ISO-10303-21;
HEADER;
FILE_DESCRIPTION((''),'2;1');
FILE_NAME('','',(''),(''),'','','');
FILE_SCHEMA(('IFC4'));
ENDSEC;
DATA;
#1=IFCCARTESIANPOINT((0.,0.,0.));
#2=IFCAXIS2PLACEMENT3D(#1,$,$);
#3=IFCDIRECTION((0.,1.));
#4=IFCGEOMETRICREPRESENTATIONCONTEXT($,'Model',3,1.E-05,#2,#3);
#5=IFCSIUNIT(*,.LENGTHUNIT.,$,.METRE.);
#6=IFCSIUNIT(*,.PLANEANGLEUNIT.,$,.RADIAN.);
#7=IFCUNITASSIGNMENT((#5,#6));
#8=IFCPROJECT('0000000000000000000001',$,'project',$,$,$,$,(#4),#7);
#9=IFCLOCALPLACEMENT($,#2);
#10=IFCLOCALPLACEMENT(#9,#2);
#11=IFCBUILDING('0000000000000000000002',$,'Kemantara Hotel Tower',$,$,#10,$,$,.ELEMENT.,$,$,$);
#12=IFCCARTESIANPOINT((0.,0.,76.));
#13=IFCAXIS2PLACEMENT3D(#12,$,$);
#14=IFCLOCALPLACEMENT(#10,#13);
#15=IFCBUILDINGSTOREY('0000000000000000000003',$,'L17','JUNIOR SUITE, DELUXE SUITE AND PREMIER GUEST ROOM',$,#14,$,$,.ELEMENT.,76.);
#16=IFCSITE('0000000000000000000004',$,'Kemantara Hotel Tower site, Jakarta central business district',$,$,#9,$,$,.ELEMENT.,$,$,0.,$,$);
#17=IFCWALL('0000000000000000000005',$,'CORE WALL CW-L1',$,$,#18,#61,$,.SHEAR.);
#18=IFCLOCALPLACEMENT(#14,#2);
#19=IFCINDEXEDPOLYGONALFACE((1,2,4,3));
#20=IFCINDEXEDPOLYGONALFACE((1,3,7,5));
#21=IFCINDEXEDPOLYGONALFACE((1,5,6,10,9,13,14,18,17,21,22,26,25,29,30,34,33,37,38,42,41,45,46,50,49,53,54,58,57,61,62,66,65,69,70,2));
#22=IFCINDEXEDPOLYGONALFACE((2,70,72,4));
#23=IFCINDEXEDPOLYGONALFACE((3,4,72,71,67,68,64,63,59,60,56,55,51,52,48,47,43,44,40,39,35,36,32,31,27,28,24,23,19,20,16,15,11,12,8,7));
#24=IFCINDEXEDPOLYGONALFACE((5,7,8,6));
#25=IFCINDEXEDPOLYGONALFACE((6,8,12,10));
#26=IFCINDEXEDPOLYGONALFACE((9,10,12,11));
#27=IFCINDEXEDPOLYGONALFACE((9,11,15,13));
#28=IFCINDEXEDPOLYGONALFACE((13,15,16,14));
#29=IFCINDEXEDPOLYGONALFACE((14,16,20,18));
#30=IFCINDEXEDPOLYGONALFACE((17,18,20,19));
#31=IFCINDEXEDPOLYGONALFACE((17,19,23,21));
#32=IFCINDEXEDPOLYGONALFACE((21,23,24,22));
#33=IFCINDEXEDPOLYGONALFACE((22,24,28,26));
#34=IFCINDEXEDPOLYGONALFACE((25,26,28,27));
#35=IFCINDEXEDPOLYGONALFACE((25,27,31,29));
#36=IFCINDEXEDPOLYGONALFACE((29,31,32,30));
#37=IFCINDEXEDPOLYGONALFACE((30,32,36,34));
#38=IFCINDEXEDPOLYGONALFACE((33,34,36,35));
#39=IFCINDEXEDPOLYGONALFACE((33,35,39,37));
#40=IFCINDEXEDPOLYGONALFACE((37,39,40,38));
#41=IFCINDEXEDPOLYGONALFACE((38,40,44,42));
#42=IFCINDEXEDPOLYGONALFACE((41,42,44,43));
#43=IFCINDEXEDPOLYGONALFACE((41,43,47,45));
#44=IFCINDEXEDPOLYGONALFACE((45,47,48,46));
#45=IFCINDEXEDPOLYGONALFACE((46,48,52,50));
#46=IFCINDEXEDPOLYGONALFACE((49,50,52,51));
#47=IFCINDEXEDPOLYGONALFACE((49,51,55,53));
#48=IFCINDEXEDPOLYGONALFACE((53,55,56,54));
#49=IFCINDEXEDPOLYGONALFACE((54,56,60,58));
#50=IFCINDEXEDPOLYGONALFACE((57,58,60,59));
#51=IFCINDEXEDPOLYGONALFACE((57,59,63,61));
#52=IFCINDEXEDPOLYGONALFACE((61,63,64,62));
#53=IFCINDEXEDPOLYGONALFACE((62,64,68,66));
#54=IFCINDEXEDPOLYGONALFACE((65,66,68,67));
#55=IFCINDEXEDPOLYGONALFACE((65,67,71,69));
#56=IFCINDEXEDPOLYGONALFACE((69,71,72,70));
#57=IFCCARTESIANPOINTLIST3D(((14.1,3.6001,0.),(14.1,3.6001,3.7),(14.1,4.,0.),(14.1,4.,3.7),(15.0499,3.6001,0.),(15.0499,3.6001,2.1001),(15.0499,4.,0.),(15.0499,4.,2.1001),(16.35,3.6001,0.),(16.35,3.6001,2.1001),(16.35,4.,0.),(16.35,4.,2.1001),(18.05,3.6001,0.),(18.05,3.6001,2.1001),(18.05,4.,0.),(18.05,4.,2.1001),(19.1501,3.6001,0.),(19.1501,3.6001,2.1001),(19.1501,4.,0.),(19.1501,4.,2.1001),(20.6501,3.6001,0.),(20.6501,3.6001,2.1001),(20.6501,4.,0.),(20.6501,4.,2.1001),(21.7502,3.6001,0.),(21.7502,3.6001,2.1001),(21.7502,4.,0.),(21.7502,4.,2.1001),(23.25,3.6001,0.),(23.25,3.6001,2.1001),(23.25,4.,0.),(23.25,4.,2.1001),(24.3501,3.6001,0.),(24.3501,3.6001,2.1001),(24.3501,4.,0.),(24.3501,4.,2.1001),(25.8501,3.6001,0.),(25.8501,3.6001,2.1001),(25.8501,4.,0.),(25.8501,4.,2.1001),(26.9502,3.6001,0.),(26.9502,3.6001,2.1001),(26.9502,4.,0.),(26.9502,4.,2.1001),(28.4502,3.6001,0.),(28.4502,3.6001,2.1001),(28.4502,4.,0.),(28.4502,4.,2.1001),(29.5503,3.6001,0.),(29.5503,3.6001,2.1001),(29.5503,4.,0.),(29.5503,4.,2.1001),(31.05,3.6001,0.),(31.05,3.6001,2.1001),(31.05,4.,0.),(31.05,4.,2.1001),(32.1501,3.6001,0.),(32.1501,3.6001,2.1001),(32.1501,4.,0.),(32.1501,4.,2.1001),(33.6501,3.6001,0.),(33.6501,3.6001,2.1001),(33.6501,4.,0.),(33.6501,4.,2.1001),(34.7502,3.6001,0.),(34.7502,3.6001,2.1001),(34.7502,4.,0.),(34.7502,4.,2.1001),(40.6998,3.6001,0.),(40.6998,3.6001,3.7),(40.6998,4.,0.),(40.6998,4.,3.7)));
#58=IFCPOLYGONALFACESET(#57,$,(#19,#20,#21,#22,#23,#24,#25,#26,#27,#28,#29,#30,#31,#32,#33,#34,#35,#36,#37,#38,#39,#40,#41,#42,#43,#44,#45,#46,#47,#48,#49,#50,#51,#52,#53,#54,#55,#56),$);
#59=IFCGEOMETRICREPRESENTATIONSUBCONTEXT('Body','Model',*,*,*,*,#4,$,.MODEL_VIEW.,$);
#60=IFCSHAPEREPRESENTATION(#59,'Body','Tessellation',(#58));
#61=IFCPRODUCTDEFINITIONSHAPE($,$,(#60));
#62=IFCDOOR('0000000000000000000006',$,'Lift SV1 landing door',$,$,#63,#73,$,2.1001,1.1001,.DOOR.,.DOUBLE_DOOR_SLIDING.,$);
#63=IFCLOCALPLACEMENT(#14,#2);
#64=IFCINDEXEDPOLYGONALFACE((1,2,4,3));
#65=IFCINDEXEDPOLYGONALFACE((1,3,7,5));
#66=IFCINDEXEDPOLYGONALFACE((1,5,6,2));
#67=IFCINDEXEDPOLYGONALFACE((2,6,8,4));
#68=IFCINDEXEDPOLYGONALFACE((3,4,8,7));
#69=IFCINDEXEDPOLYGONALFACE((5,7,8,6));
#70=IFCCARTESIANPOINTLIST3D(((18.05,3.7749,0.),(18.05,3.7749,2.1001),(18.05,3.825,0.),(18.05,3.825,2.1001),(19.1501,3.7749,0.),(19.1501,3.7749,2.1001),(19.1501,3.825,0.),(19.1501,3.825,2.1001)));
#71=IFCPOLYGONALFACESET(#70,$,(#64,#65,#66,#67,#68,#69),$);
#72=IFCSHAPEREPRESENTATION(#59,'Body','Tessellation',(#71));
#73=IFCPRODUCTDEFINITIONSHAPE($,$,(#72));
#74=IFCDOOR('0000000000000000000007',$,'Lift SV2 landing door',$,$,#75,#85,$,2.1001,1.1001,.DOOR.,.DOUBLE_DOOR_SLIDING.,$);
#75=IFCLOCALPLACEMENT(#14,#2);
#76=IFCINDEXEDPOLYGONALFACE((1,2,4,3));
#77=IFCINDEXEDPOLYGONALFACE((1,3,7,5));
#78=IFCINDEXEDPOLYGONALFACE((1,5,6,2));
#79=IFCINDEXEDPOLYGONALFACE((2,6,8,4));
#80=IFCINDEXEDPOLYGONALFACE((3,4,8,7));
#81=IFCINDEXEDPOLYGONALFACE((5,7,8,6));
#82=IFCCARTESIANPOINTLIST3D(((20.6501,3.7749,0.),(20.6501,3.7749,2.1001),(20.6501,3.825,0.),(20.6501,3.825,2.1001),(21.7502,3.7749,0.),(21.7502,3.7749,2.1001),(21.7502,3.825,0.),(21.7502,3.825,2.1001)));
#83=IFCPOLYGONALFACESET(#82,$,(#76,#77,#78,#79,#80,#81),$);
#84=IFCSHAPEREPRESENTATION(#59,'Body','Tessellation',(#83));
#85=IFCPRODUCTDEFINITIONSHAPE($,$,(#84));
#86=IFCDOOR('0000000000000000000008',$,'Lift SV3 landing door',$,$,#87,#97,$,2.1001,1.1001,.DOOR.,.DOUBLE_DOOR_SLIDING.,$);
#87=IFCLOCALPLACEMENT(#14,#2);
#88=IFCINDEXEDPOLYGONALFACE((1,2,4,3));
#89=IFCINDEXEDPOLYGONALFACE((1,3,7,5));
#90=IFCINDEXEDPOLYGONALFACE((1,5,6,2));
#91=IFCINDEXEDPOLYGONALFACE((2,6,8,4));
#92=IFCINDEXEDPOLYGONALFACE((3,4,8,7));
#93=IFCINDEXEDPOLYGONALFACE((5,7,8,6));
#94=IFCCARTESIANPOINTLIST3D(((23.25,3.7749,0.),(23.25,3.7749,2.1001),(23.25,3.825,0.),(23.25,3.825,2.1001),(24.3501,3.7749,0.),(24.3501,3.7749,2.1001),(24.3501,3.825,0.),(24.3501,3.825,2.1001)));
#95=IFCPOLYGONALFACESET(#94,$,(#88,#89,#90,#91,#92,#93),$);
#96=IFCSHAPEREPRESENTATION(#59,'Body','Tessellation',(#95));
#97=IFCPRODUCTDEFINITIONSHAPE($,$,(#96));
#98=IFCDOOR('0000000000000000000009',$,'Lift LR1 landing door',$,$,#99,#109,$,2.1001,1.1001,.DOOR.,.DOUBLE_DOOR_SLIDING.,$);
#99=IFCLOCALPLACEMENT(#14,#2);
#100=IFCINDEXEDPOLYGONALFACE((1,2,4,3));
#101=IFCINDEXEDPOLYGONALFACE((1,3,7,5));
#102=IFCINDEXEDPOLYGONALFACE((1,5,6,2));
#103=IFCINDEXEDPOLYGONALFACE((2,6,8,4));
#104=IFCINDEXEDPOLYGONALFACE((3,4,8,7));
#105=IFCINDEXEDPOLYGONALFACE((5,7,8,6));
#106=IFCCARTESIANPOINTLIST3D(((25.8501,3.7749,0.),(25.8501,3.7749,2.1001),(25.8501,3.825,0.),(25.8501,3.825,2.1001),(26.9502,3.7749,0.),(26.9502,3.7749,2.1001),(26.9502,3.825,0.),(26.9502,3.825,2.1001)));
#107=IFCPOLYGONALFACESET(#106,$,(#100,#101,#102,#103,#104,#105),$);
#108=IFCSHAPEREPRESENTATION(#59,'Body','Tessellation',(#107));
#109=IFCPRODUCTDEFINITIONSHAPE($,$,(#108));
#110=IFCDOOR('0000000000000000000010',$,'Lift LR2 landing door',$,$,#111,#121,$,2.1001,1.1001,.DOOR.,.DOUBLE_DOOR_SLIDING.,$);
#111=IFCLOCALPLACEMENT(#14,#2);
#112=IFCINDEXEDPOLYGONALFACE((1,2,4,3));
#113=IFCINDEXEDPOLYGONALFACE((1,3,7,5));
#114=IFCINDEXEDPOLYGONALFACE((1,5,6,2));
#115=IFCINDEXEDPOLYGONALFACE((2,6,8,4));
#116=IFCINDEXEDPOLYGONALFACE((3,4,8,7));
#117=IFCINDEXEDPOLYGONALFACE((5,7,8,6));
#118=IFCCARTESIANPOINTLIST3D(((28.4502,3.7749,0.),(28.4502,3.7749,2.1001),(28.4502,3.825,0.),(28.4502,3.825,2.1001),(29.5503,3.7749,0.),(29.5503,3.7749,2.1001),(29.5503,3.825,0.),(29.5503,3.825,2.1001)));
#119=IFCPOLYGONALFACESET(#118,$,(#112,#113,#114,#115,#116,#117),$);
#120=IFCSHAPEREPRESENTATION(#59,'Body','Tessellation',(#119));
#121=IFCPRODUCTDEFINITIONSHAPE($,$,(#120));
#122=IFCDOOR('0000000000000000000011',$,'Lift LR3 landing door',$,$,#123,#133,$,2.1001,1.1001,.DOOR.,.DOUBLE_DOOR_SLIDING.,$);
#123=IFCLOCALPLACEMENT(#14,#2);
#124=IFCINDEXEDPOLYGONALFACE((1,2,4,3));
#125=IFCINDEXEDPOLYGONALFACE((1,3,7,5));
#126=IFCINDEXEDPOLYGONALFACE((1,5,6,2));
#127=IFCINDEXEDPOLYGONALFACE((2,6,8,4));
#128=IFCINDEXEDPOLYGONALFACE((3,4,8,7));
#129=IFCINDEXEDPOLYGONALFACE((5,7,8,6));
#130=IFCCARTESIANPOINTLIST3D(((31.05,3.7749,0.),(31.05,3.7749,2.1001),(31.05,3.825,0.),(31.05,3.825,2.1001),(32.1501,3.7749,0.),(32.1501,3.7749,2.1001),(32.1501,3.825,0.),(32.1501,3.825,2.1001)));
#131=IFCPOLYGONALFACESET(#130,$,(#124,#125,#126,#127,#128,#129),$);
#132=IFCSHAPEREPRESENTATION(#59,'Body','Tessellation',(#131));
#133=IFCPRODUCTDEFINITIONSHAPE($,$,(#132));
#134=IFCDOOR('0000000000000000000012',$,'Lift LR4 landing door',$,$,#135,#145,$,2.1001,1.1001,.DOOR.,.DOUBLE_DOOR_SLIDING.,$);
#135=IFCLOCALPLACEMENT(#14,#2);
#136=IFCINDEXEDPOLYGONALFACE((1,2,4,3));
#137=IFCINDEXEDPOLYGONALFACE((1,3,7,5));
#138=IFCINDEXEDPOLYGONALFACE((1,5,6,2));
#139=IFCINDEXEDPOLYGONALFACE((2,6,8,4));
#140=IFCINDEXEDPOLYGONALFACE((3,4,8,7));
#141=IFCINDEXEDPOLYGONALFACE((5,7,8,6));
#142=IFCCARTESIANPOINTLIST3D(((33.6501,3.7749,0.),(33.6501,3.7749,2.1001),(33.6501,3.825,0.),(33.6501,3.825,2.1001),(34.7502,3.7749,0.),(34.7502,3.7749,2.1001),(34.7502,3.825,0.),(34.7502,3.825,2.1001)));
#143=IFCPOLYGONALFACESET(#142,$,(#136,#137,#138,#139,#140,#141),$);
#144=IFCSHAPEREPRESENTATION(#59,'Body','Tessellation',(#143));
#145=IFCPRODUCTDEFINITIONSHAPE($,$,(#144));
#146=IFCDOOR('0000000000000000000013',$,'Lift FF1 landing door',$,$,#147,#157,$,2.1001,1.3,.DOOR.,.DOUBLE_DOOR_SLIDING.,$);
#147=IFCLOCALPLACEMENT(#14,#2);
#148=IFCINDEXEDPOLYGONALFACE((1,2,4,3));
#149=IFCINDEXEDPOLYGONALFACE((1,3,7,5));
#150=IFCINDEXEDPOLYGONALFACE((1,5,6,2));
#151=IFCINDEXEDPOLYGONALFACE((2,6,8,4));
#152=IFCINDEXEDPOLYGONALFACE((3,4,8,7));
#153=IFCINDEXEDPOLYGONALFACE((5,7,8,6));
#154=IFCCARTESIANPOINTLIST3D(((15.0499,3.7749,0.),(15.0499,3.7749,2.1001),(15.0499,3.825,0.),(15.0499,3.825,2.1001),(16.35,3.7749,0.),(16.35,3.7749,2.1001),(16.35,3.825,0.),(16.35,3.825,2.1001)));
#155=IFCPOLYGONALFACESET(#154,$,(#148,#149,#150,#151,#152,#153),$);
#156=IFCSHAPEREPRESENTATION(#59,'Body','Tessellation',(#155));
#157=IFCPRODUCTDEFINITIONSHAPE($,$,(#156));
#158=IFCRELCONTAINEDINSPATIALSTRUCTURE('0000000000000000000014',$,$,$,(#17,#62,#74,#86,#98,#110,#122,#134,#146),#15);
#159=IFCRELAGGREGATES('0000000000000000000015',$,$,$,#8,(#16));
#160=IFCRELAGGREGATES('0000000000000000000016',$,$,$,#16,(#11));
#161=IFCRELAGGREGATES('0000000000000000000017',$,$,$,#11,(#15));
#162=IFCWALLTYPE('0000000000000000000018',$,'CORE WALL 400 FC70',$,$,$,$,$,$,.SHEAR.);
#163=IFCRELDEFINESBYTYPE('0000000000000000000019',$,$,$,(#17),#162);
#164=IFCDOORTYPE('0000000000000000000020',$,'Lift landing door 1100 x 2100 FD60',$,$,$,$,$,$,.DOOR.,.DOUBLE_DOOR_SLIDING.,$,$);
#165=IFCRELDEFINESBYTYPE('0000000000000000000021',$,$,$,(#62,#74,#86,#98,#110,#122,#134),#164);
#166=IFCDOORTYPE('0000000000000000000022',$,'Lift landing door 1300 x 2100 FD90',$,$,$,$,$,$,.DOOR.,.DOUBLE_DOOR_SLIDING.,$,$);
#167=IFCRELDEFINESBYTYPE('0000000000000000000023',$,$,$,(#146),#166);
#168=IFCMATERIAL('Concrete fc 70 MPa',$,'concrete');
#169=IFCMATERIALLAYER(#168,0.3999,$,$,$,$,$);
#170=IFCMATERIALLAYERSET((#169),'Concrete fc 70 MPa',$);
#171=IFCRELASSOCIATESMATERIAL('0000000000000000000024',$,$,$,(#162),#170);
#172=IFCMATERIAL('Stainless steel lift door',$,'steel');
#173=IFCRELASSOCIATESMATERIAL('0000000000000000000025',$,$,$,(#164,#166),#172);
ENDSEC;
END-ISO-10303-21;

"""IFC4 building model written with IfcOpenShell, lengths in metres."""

from ifc_helpers import new_model, si_unit, direction, frame, frame_2d, origin, place, context, subcontext, project, spatial, rectangle, extrude, material, layer, layer_set, type_object, element, fill, save


model = new_model("IFC4")

# Units and contexts
model_context = context("Model", 3, precision=1e-05, world=origin(), true_north=direction((0.0, 1.0)))
body_context = subcontext(model_context, "Body", "Model", "MODEL_VIEW")
ifc_project = project(units=[si_unit("LENGTHUNIT", "METRE"), si_unit("PLANEANGLEUNIT", "RADIAN")], contexts=[model_context])

# Site, building, storey
site_placement = place(None, origin())
site = spatial("IfcSite", under=ifc_project, at=site_placement, Name="Kemantara Hotel Tower site, Jakarta central business district", CompositionType="ELEMENT", RefElevation=0.0)
building_placement = place(site_placement, origin())
building = spatial("IfcBuilding", under=site, at=building_placement, Name="Kemantara Hotel Tower", CompositionType="ELEMENT")
storey_placement = place(building_placement, frame((0.0, 0.0, 76.0)))
storey = spatial("IfcBuildingStorey", under=building, at=storey_placement, Name="L17", Description="JUNIOR SUITE, DELUXE SUITE AND PREMIER GUEST ROOM", CompositionType="ELEMENT", Elevation=76.0)

# Shared definitions
ifc_material_1 = material(Name="Concrete fc 70 MPa", Category="concrete")

# Wall, openings, doors
ifc_layer_1 = layer(ifc_material_1, 0.3999)
ifc_layer_set_1 = layer_set([ifc_layer_1], Name="Concrete fc 70 MPa")
wall_type_1 = type_object("IfcWallType", Name="CORE WALL 400 FC70", PredefinedType="SHEAR", material=ifc_layer_set_1)
wall_1_placement = place(storey_placement, frame((14.1001, 3.8, 0.0), z_axis=(0.0, 0.0, 1.0), x_axis=(1.0, 0.0, 0.0)))
wall_1 = element("IfcWall", 1, at=wall_1_placement, inside=storey, type_object=wall_type_1, Name="CORE WALL CW-L1", PredefinedType="SHEAR", context=body_context, shape_type="SweptSolid", body=[
    extrude(rectangle(XDim=26.5999, YDim=0.3999, at=frame_2d((13.2998, 0.0))), origin(), (0.0, 0.0, 1.0), 3.7),
])
opening_1_placement = place(wall_1_placement, frame((0.95, 0.0, 0.0)))
opening_1 = element("IfcOpeningElement", 2, at=opening_1_placement, cuts=wall_1, PredefinedType="OPENING", context=body_context, shape_type="SweptSolid", body=[
    extrude(rectangle(XDim=1.3, YDim=2.1001, at=frame_2d((0.6499, 1.05))), frame((0.0, 0.21, 0.0), z_axis=(0.0, -1.0, 0.0), x_axis=(1.0, 0.0, 0.0)), (0.0, 0.0, 1.0), 0.4199),
])
opening_2_placement = place(wall_1_placement, frame((3.95, 0.0, 0.0)))
opening_2 = element("IfcOpeningElement", 3, at=opening_2_placement, cuts=wall_1, PredefinedType="OPENING", context=body_context, shape_type="SweptSolid", body=[
    extrude(rectangle(XDim=1.1001, YDim=2.1001, at=frame_2d((0.55, 1.05))), frame((0.0, 0.21, 0.0), z_axis=(0.0, -1.0, 0.0), x_axis=(1.0, 0.0, 0.0)), (0.0, 0.0, 1.0), 0.4199),
])
opening_3_placement = place(wall_1_placement, frame((6.55, 0.0, 0.0)))
opening_3 = element("IfcOpeningElement", 4, at=opening_3_placement, cuts=wall_1, PredefinedType="OPENING", context=body_context, shape_type="SweptSolid", body=[
    extrude(rectangle(XDim=1.1001, YDim=2.1001, at=frame_2d((0.55, 1.05))), frame((0.0, 0.21, 0.0), z_axis=(0.0, -1.0, 0.0), x_axis=(1.0, 0.0, 0.0)), (0.0, 0.0, 1.0), 0.4199),
])
opening_4_placement = place(wall_1_placement, frame((9.1499, 0.0, 0.0)))
opening_4 = element("IfcOpeningElement", 5, at=opening_4_placement, cuts=wall_1, PredefinedType="OPENING", context=body_context, shape_type="SweptSolid", body=[
    extrude(rectangle(XDim=1.1001, YDim=2.1001, at=frame_2d((0.55, 1.05))), frame((0.0, 0.21, 0.0), z_axis=(0.0, -1.0, 0.0), x_axis=(1.0, 0.0, 0.0)), (0.0, 0.0, 1.0), 0.4199),
])
opening_5_placement = place(wall_1_placement, frame((11.75, 0.0, 0.0)))
opening_5 = element("IfcOpeningElement", 6, at=opening_5_placement, cuts=wall_1, PredefinedType="OPENING", context=body_context, shape_type="SweptSolid", body=[
    extrude(rectangle(XDim=1.1001, YDim=2.1001, at=frame_2d((0.55, 1.05))), frame((0.0, 0.21, 0.0), z_axis=(0.0, -1.0, 0.0), x_axis=(1.0, 0.0, 0.0)), (0.0, 0.0, 1.0), 0.4199),
])
opening_6_placement = place(wall_1_placement, frame((14.3501, 0.0, 0.0)))
opening_6 = element("IfcOpeningElement", 7, at=opening_6_placement, cuts=wall_1, PredefinedType="OPENING", context=body_context, shape_type="SweptSolid", body=[
    extrude(rectangle(XDim=1.1001, YDim=2.1001, at=frame_2d((0.55, 1.05))), frame((0.0, 0.21, 0.0), z_axis=(0.0, -1.0, 0.0), x_axis=(1.0, 0.0, 0.0)), (0.0, 0.0, 1.0), 0.4199),
])
opening_7_placement = place(wall_1_placement, frame((16.95, 0.0, 0.0)))
opening_7 = element("IfcOpeningElement", 8, at=opening_7_placement, cuts=wall_1, PredefinedType="OPENING", context=body_context, shape_type="SweptSolid", body=[
    extrude(rectangle(XDim=1.1001, YDim=2.1001, at=frame_2d((0.55, 1.05))), frame((0.0, 0.21, 0.0), z_axis=(0.0, -1.0, 0.0), x_axis=(1.0, 0.0, 0.0)), (0.0, 0.0, 1.0), 0.4199),
])
opening_8_placement = place(wall_1_placement, frame((19.55, 0.0, 0.0)))
opening_8 = element("IfcOpeningElement", 9, at=opening_8_placement, cuts=wall_1, PredefinedType="OPENING", context=body_context, shape_type="SweptSolid", body=[
    extrude(rectangle(XDim=1.1001, YDim=2.1001, at=frame_2d((0.55, 1.05))), frame((0.0, 0.21, 0.0), z_axis=(0.0, -1.0, 0.0), x_axis=(1.0, 0.0, 0.0)), (0.0, 0.0, 1.0), 0.4199),
])
ifc_material_2 = material(Name="Stainless steel lift door", Category="steel")
door_type_1 = type_object("IfcDoorType", Name="Lift landing door 1100 x 2100 FD60", OperationType="DOUBLE_DOOR_SLIDING", PredefinedType="DOOR", material=ifc_material_2)
door_1_placement = place(opening_2_placement, origin())
door_1 = element("IfcDoor", 10, at=door_1_placement, inside=storey, type_object=door_type_1, Name="Lift SV1 landing door", OperationType="DOUBLE_DOOR_SLIDING", OverallHeight=2.1001, OverallWidth=1.1001, PredefinedType="DOOR", context=body_context, shape_type="SweptSolid", body=[
    extrude(rectangle(XDim=1.1001, YDim=2.1001, at=frame_2d((0.55, 1.05))), frame((0.0, 0.0249, 0.0), z_axis=(0.0, -1.0, 0.0), x_axis=(1.0, 0.0, 0.0)), (0.0, 0.0, 1.0), 0.05),
])
fill(opening_2, door_1)
door_2_placement = place(opening_3_placement, origin())
door_2 = element("IfcDoor", 11, at=door_2_placement, inside=storey, type_object=door_type_1, Name="Lift SV2 landing door", OperationType="DOUBLE_DOOR_SLIDING", OverallHeight=2.1001, OverallWidth=1.1001, PredefinedType="DOOR", context=body_context, shape_type="SweptSolid", body=[
    extrude(rectangle(XDim=1.1001, YDim=2.1001, at=frame_2d((0.55, 1.05))), frame((0.0, 0.0249, 0.0), z_axis=(0.0, -1.0, 0.0), x_axis=(1.0, 0.0, 0.0)), (0.0, 0.0, 1.0), 0.05),
])
fill(opening_3, door_2)
door_3_placement = place(opening_4_placement, origin())
door_3 = element("IfcDoor", 12, at=door_3_placement, inside=storey, type_object=door_type_1, Name="Lift SV3 landing door", OperationType="DOUBLE_DOOR_SLIDING", OverallHeight=2.1001, OverallWidth=1.1001, PredefinedType="DOOR", context=body_context, shape_type="SweptSolid", body=[
    extrude(rectangle(XDim=1.1001, YDim=2.1001, at=frame_2d((0.55, 1.05))), frame((0.0, 0.0249, 0.0), z_axis=(0.0, -1.0, 0.0), x_axis=(1.0, 0.0, 0.0)), (0.0, 0.0, 1.0), 0.05),
])
fill(opening_4, door_3)
door_4_placement = place(opening_5_placement, origin())
door_4 = element("IfcDoor", 13, at=door_4_placement, inside=storey, type_object=door_type_1, Name="Lift LR1 landing door", OperationType="DOUBLE_DOOR_SLIDING", OverallHeight=2.1001, OverallWidth=1.1001, PredefinedType="DOOR", context=body_context, shape_type="SweptSolid", body=[
    extrude(rectangle(XDim=1.1001, YDim=2.1001, at=frame_2d((0.55, 1.05))), frame((0.0, 0.0249, 0.0), z_axis=(0.0, -1.0, 0.0), x_axis=(1.0, 0.0, 0.0)), (0.0, 0.0, 1.0), 0.05),
])
fill(opening_5, door_4)
door_5_placement = place(opening_6_placement, origin())
door_5 = element("IfcDoor", 14, at=door_5_placement, inside=storey, type_object=door_type_1, Name="Lift LR2 landing door", OperationType="DOUBLE_DOOR_SLIDING", OverallHeight=2.1001, OverallWidth=1.1001, PredefinedType="DOOR", context=body_context, shape_type="SweptSolid", body=[
    extrude(rectangle(XDim=1.1001, YDim=2.1001, at=frame_2d((0.55, 1.05))), frame((0.0, 0.0249, 0.0), z_axis=(0.0, -1.0, 0.0), x_axis=(1.0, 0.0, 0.0)), (0.0, 0.0, 1.0), 0.05),
])
fill(opening_6, door_5)
door_6_placement = place(opening_7_placement, origin())
door_6 = element("IfcDoor", 15, at=door_6_placement, inside=storey, type_object=door_type_1, Name="Lift LR3 landing door", OperationType="DOUBLE_DOOR_SLIDING", OverallHeight=2.1001, OverallWidth=1.1001, PredefinedType="DOOR", context=body_context, shape_type="SweptSolid", body=[
    extrude(rectangle(XDim=1.1001, YDim=2.1001, at=frame_2d((0.55, 1.05))), frame((0.0, 0.0249, 0.0), z_axis=(0.0, -1.0, 0.0), x_axis=(1.0, 0.0, 0.0)), (0.0, 0.0, 1.0), 0.05),
])
fill(opening_7, door_6)
door_7_placement = place(opening_8_placement, origin())
door_7 = element("IfcDoor", 16, at=door_7_placement, inside=storey, type_object=door_type_1, Name="Lift LR4 landing door", OperationType="DOUBLE_DOOR_SLIDING", OverallHeight=2.1001, OverallWidth=1.1001, PredefinedType="DOOR", context=body_context, shape_type="SweptSolid", body=[
    extrude(rectangle(XDim=1.1001, YDim=2.1001, at=frame_2d((0.55, 1.05))), frame((0.0, 0.0249, 0.0), z_axis=(0.0, -1.0, 0.0), x_axis=(1.0, 0.0, 0.0)), (0.0, 0.0, 1.0), 0.05),
])
fill(opening_8, door_7)
door_type_2 = type_object("IfcDoorType", Name="Lift landing door 1300 x 2100 FD90", OperationType="DOUBLE_DOOR_SLIDING", PredefinedType="DOOR", material=ifc_material_2)
door_8_placement = place(opening_1_placement, origin())
door_8 = element("IfcDoor", 17, at=door_8_placement, inside=storey, type_object=door_type_2, Name="Lift FF1 landing door", OperationType="DOUBLE_DOOR_SLIDING", OverallHeight=2.1001, OverallWidth=1.3, PredefinedType="DOOR", context=body_context, shape_type="SweptSolid", body=[
    extrude(rectangle(XDim=1.3, YDim=2.1001, at=frame_2d((0.6499, 1.05))), frame((0.0, 0.0249, 0.0), z_axis=(0.0, -1.0, 0.0), x_axis=(1.0, 0.0, 0.0)), (0.0, 0.0, 1.0), 0.05),
])
fill(opening_1, door_8)

save(model, "model.ifc")
